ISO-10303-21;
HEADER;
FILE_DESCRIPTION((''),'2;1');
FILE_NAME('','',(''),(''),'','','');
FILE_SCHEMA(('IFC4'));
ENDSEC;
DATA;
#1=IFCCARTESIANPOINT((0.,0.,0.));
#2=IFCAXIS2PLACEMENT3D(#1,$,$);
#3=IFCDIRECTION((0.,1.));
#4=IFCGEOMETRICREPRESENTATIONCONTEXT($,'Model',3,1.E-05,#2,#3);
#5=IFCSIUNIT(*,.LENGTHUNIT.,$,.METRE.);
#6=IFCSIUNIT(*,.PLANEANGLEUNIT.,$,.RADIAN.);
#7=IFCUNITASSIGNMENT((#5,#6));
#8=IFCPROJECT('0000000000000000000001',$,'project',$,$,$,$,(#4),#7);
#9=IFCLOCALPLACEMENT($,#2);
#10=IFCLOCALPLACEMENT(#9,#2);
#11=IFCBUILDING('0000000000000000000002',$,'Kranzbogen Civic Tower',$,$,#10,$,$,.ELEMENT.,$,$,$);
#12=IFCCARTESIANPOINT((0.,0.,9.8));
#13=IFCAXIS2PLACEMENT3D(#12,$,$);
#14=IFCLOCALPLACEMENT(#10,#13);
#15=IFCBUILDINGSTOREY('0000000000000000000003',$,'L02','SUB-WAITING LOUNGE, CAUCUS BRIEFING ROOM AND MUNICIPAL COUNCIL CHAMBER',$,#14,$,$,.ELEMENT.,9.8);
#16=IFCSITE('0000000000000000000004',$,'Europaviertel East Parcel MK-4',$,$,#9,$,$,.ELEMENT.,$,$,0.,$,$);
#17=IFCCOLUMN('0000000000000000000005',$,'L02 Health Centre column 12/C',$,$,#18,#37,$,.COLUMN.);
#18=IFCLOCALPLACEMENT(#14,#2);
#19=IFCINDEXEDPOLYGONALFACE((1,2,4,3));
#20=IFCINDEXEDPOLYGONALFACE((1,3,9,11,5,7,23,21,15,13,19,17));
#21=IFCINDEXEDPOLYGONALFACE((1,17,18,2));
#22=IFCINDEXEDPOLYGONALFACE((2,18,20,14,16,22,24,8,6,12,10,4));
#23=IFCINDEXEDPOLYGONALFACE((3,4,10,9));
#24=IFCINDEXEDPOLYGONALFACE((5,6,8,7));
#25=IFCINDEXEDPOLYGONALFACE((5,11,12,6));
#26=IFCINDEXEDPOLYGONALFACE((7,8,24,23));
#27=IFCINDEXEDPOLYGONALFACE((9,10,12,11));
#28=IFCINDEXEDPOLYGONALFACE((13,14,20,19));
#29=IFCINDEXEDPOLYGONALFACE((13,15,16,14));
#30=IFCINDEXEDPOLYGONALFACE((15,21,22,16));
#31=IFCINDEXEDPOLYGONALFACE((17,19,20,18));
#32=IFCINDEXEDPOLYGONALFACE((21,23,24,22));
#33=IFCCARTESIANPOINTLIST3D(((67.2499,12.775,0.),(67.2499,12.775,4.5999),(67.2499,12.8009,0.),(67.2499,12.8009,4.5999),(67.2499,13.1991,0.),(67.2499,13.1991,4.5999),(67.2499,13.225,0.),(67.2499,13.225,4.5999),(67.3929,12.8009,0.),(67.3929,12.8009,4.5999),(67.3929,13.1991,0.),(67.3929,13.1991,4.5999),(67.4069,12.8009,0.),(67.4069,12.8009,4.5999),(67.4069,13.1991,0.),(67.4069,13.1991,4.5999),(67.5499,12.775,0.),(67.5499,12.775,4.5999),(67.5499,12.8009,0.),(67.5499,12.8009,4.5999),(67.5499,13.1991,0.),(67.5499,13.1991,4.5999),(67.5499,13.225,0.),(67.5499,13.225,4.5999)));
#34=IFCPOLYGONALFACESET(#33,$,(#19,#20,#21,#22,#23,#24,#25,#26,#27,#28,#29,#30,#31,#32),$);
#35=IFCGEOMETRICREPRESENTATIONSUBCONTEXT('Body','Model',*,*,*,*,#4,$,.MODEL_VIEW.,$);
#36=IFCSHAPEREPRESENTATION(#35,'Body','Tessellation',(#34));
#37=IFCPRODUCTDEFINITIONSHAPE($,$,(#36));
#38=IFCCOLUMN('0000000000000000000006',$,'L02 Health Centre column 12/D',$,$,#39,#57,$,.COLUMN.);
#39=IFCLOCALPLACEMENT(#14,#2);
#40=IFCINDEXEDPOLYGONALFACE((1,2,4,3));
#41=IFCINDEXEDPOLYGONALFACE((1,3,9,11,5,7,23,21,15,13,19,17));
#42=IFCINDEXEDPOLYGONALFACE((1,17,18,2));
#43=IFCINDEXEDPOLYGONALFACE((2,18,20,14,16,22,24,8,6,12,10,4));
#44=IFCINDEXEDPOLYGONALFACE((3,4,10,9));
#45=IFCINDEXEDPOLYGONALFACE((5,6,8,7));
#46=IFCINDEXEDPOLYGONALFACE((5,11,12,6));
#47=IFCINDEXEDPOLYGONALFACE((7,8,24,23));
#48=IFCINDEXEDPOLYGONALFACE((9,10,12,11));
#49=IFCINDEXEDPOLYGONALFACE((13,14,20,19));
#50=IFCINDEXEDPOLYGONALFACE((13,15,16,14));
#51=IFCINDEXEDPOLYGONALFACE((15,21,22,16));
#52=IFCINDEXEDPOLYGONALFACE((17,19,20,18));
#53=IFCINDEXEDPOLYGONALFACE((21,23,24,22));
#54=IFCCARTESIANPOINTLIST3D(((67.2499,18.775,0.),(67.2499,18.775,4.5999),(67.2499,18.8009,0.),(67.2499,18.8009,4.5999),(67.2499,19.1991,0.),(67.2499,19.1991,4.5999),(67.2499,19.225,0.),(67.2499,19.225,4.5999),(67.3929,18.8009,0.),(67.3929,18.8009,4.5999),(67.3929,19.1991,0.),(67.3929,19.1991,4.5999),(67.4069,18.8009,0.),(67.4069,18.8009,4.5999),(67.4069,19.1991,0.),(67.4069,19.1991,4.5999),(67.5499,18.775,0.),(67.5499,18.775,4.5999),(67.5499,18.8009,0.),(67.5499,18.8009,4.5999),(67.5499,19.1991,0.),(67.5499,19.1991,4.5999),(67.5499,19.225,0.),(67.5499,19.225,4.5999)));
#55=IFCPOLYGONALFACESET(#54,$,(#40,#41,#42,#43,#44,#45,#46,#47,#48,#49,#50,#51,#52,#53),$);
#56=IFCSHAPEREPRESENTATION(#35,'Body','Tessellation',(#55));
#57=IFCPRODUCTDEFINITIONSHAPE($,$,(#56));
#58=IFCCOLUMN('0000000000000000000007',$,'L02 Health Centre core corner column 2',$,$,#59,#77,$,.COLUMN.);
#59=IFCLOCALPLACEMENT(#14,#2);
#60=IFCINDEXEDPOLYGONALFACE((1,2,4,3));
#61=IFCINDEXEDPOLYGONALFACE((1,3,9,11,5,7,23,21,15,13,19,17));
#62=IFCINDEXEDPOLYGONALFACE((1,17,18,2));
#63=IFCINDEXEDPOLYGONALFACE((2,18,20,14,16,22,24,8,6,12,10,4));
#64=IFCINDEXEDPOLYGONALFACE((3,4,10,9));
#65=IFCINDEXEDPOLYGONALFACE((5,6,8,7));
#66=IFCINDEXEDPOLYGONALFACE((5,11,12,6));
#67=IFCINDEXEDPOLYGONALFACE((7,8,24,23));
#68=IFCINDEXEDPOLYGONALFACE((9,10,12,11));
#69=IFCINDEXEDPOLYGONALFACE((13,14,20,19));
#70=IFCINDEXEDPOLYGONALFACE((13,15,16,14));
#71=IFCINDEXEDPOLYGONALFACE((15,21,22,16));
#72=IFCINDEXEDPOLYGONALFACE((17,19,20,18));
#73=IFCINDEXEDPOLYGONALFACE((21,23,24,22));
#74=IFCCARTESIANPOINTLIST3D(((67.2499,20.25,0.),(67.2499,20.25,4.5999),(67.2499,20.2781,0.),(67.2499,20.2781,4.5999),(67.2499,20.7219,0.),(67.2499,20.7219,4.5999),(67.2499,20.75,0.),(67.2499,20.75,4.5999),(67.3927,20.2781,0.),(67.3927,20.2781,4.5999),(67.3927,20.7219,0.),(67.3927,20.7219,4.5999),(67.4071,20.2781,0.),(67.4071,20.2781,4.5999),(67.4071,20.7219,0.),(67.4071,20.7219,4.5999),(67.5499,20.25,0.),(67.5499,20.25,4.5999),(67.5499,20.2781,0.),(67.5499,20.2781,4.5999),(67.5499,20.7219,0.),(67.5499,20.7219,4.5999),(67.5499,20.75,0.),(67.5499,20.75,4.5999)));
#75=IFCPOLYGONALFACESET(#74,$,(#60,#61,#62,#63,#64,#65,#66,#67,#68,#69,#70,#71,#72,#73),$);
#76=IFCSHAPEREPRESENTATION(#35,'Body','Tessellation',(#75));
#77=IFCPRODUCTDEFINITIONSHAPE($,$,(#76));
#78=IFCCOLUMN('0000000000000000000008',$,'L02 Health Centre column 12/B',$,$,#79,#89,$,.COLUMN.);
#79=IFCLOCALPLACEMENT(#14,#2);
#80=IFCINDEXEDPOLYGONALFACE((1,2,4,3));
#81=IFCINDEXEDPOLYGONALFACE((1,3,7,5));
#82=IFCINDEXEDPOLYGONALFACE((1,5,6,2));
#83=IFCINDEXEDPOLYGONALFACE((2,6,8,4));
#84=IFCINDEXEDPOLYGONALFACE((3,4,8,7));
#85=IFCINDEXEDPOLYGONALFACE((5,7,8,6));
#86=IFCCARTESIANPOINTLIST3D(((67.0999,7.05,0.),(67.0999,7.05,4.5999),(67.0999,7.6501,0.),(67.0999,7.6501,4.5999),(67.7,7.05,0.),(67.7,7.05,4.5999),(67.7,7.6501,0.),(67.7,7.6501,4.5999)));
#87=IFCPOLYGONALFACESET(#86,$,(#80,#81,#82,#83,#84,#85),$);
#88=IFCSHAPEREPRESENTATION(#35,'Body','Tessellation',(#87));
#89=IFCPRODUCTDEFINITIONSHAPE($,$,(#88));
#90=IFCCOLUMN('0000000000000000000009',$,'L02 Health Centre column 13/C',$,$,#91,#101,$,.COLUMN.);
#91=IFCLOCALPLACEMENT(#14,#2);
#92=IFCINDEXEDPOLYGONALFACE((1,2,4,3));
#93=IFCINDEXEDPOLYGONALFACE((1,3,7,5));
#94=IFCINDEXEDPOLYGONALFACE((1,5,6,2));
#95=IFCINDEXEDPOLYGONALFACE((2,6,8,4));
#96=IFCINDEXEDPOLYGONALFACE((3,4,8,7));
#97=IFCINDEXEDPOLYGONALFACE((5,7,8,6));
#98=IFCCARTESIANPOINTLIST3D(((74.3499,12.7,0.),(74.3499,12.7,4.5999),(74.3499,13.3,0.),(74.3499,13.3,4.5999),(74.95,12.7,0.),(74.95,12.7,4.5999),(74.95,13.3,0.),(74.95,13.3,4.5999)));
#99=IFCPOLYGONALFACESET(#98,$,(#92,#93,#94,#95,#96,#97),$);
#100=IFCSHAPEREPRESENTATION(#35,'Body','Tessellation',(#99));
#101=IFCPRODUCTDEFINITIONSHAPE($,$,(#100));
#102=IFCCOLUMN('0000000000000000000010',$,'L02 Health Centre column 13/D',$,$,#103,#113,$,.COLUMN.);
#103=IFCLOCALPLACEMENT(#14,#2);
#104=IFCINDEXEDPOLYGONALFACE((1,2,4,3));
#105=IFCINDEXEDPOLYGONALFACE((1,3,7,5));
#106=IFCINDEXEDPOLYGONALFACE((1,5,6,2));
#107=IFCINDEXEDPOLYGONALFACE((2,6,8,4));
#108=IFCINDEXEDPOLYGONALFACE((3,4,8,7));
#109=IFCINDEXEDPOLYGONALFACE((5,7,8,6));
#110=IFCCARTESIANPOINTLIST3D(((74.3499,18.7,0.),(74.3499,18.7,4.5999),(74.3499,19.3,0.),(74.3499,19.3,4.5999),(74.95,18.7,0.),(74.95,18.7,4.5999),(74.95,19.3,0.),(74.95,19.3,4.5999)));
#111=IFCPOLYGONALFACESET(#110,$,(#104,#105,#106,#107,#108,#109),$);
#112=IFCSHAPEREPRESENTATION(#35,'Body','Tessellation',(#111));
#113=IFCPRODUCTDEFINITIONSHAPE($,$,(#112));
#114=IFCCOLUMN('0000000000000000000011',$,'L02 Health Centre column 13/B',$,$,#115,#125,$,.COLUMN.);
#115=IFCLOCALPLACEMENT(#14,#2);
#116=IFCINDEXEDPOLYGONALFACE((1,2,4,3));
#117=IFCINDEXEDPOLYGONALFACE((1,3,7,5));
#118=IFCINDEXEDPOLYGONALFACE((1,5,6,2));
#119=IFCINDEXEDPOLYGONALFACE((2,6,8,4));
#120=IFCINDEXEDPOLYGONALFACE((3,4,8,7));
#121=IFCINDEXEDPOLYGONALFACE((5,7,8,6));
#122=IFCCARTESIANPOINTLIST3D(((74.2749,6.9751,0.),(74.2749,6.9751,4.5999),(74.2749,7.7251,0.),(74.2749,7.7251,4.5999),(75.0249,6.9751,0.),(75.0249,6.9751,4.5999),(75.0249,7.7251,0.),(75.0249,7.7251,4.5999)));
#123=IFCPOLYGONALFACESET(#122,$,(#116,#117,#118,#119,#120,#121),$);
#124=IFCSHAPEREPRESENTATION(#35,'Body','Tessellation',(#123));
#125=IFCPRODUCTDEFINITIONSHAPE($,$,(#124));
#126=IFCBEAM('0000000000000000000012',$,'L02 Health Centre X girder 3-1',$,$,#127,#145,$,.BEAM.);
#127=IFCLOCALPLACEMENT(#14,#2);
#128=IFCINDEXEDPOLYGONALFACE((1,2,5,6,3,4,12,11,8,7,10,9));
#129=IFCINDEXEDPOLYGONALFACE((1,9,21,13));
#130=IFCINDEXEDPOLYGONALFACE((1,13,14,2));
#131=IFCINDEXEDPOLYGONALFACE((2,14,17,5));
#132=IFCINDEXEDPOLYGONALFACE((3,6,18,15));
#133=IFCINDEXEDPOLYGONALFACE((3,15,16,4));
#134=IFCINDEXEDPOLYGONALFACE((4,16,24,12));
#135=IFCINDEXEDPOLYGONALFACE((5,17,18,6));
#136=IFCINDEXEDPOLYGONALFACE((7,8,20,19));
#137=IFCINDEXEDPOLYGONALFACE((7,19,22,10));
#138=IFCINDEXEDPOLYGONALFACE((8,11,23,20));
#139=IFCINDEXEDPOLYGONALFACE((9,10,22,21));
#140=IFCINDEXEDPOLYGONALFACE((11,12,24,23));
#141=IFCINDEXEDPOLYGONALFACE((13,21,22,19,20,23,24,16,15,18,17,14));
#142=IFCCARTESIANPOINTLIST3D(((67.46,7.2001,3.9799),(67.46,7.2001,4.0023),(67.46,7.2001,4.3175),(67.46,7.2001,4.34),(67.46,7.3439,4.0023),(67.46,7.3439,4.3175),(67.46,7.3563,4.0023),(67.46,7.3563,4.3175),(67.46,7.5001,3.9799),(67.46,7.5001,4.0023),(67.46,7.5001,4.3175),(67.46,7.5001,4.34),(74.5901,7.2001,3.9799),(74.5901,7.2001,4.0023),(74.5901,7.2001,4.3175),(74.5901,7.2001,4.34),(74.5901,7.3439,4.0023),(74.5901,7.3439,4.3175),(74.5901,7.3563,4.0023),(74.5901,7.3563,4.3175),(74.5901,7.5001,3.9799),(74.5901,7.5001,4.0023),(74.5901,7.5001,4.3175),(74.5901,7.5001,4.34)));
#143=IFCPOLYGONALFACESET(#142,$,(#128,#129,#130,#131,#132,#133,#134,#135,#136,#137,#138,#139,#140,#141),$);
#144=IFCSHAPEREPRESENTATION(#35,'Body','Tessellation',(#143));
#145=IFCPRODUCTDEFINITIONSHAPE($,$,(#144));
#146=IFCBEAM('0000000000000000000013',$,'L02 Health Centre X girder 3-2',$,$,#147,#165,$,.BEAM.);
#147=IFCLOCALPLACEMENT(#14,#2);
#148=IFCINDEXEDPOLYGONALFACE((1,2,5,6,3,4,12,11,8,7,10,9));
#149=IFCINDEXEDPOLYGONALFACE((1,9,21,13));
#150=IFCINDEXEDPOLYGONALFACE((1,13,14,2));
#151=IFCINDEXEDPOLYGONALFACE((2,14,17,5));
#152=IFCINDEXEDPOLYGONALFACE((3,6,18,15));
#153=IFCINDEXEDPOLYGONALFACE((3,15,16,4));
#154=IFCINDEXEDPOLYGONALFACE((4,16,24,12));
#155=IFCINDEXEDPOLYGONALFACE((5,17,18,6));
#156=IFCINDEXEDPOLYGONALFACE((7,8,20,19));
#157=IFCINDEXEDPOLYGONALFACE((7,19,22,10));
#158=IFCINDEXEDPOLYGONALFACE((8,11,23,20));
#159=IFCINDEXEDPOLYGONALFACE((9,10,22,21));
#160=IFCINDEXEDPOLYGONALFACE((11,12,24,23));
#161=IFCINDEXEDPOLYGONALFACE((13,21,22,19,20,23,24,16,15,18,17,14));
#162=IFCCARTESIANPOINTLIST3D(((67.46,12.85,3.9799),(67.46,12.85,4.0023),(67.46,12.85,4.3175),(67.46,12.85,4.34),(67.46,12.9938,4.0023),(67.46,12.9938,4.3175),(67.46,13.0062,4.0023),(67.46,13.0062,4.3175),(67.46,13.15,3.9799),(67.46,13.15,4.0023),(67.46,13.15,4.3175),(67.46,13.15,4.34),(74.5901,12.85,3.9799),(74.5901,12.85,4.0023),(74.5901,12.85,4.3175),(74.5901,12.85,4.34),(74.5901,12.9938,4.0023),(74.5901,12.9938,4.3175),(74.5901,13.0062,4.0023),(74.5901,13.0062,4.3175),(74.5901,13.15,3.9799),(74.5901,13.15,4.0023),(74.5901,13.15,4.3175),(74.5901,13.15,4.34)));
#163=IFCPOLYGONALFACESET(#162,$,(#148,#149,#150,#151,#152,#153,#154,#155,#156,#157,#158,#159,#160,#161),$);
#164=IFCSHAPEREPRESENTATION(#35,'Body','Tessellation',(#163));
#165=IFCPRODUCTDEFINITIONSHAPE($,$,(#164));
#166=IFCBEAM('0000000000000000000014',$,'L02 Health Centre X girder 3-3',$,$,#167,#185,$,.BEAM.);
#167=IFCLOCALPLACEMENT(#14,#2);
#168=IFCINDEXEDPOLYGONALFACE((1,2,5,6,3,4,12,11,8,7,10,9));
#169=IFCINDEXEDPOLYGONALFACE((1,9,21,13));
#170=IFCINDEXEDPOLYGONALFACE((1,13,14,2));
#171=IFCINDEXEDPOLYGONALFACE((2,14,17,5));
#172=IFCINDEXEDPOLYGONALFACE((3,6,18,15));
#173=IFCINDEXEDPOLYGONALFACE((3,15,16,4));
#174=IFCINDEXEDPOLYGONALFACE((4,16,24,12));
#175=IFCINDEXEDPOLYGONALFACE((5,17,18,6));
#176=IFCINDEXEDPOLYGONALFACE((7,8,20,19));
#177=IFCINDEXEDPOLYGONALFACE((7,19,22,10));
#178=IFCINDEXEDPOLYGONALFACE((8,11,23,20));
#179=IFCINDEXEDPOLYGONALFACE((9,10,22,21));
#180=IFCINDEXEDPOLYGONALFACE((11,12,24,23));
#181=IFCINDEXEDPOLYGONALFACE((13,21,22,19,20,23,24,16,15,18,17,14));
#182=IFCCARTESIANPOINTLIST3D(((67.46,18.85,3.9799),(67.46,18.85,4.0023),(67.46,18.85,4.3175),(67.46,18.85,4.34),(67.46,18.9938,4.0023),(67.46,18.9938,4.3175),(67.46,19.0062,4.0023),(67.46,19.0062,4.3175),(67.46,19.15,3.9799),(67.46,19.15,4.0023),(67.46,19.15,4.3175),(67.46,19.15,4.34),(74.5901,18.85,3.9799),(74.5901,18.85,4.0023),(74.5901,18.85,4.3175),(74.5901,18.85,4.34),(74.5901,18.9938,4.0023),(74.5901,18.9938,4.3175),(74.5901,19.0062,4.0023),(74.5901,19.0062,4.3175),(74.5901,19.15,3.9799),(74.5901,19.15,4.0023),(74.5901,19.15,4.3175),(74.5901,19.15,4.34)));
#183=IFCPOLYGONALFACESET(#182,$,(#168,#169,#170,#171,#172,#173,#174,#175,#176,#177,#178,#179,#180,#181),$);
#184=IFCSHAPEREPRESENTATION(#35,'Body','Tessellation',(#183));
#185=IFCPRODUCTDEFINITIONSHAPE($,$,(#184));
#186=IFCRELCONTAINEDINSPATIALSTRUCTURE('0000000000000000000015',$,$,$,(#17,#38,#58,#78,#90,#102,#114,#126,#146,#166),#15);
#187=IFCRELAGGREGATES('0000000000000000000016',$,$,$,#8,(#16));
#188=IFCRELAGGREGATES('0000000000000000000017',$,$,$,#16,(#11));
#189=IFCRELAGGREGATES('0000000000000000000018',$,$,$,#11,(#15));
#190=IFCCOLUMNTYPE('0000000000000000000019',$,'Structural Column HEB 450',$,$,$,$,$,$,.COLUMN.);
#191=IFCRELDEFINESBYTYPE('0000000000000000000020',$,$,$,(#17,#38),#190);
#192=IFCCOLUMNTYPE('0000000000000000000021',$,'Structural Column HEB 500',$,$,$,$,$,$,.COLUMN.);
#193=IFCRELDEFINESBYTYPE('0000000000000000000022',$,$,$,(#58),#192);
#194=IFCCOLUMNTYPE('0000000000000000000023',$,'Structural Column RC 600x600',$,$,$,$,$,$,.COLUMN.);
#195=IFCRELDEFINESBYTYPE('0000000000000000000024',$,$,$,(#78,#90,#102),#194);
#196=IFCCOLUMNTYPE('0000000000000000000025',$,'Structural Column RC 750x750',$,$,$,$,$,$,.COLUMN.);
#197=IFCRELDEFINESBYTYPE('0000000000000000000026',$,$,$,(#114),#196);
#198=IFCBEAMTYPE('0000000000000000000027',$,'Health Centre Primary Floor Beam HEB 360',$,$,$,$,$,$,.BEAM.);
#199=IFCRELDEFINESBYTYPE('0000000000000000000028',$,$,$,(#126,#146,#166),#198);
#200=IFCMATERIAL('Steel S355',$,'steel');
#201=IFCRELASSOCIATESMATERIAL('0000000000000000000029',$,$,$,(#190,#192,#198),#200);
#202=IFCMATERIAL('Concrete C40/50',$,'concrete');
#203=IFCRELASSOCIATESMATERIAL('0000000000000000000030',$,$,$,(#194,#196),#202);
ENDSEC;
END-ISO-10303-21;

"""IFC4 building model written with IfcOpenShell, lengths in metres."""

from ifc_helpers import new_model, si_unit, direction, frame, origin, origin_2d, place, context, subcontext, project, spatial, rectangle, i_section, extrude, material, material_profile, profile_set, type_object, element, save


model = new_model("IFC4")

# Units and contexts
model_context = context("Model", 3, precision=1e-05, world=origin(), true_north=direction((0.0, 1.0)))
body_context = subcontext(model_context, "Body", "Model", "MODEL_VIEW")
ifc_project = project(units=[si_unit("LENGTHUNIT", "METRE"), si_unit("PLANEANGLEUNIT", "RADIAN")], contexts=[model_context])

# Site, building, storey
site_placement = place(None, origin())
site = spatial("IfcSite", under=ifc_project, at=site_placement, Name="Europaviertel East Parcel MK-4", CompositionType="ELEMENT", RefElevation=0.0)
building_placement = place(site_placement, origin())
building = spatial("IfcBuilding", under=site, at=building_placement, Name="Kranzbogen Civic Tower", CompositionType="ELEMENT")
storey_placement = place(building_placement, frame((0.0, 0.0, 9.8)))
storey = spatial("IfcBuildingStorey", under=building, at=storey_placement, Name="L02", Description="SUB-WAITING LOUNGE, CAUCUS BRIEFING ROOM AND MUNICIPAL COUNCIL CHAMBER", CompositionType="ELEMENT", Elevation=9.8)

# Columns
ifc_material_1 = material(Name="Steel S355", Category="steel")
ifc_material_profile_1 = material_profile(ifc_material_1, i_section(OverallWidth=0.3, OverallDepth=0.45, WebThickness=0.0139, FlangeThickness=0.0259, at=origin_2d()), Name="HEB 450")
ifc_profile_set_1 = profile_set([ifc_material_profile_1], Name="Steel S355")
column_type_1 = type_object("IfcColumnType", Name="Structural Column HEB 450", PredefinedType="COLUMN", material=ifc_profile_set_1)
for number, where, z_axis, x_axis, name in (
    (1, (67.3999, 13.0, 0.0), (0.0, 0.0, 1.0), (1.0, 0.0, 0.0), "L02 Health Centre column 12/C"),
    (2, (67.3999, 19.0, 0.0), (0.0, 0.0, 1.0), (1.0, 0.0, 0.0), "L02 Health Centre column 12/D"),
):
    element("IfcColumn", number, at=place(storey_placement, frame(where, z_axis=z_axis, x_axis=x_axis)), inside=storey, type_object=column_type_1, Name=name, PredefinedType="COLUMN", context=body_context, shape_type="SweptSolid", body=[
        extrude(i_section(OverallWidth=0.3, OverallDepth=0.45, WebThickness=0.0139, FlangeThickness=0.0259, at=origin_2d()), origin(), (0.0, 0.0, 1.0), 4.5999),
    ])
ifc_material_profile_2 = material_profile(ifc_material_1, i_section(OverallWidth=0.3, OverallDepth=0.5, WebThickness=0.0144, FlangeThickness=0.0281, at=origin_2d()), Name="HEB 500")
ifc_profile_set_2 = profile_set([ifc_material_profile_2], Name="Steel S355")
column_type_2 = type_object("IfcColumnType", Name="Structural Column HEB 500", PredefinedType="COLUMN", material=ifc_profile_set_2)
column_1_placement = place(storey_placement, frame((67.3999, 20.5, 0.0), z_axis=(0.0, 0.0, 1.0), x_axis=(1.0, 0.0, 0.0)))
element("IfcColumn", 3, at=column_1_placement, inside=storey, type_object=column_type_2, Name="L02 Health Centre core corner column 2", PredefinedType="COLUMN", context=body_context, shape_type="SweptSolid", body=[
    extrude(i_section(OverallWidth=0.3, OverallDepth=0.5, WebThickness=0.0144, FlangeThickness=0.0281, at=origin_2d()), origin(), (0.0, 0.0, 1.0), 4.5999),
])
ifc_material_2 = material(Name="Concrete C40/50", Category="concrete")
ifc_material_profile_3 = material_profile(ifc_material_2, rectangle(XDim=0.6001, YDim=0.6001, at=origin_2d()), Name="RC 600x600")
ifc_profile_set_3 = profile_set([ifc_material_profile_3], Name="Concrete C40/50")
column_type_3 = type_object("IfcColumnType", Name="Structural Column RC 600x600", PredefinedType="COLUMN", material=ifc_profile_set_3)
for number, where, z_axis, x_axis, name in (
    (4, (67.3999, 7.3501, 0.0), (0.0, 0.0, 1.0), (1.0, 0.0, 0.0), "L02 Health Centre column 12/B"),
    (5, (74.6499, 13.0, 0.0), (0.0, 0.0, 1.0), (1.0, 0.0, 0.0), "L02 Health Centre column 13/C"),
    (6, (74.6499, 19.0, 0.0), (0.0, 0.0, 1.0), (1.0, 0.0, 0.0), "L02 Health Centre column 13/D"),
):
    element("IfcColumn", number, at=place(storey_placement, frame(where, z_axis=z_axis, x_axis=x_axis)), inside=storey, type_object=column_type_3, Name=name, PredefinedType="COLUMN", context=body_context, shape_type="SweptSolid", body=[
        extrude(rectangle(XDim=0.6001, YDim=0.6001, at=origin_2d()), origin(), (0.0, 0.0, 1.0), 4.5999),
    ])
ifc_material_profile_4 = material_profile(ifc_material_2, rectangle(XDim=0.75, YDim=0.75, at=origin_2d()), Name="RC 750x750")
ifc_profile_set_4 = profile_set([ifc_material_profile_4], Name="Concrete C40/50")
column_type_4 = type_object("IfcColumnType", Name="Structural Column RC 750x750", PredefinedType="COLUMN", material=ifc_profile_set_4)
column_2_placement = place(storey_placement, frame((74.6499, 7.3501, 0.0), z_axis=(0.0, 0.0, 1.0), x_axis=(1.0, 0.0, 0.0)))
element("IfcColumn", 7, at=column_2_placement, inside=storey, type_object=column_type_4, Name="L02 Health Centre column 13/B", PredefinedType="COLUMN", context=body_context, shape_type="SweptSolid", body=[
    extrude(rectangle(XDim=0.75, YDim=0.75, at=origin_2d()), origin(), (0.0, 0.0, 1.0), 4.5999),
])

# Beams
ifc_material_profile_5 = material_profile(ifc_material_1, i_section(OverallWidth=0.3, OverallDepth=0.3601, WebThickness=0.0125, FlangeThickness=0.0225, at=origin_2d()), Name="HEB 360")
ifc_profile_set_5 = profile_set([ifc_material_profile_5], Name="Steel S355")
beam_type_1 = type_object("IfcBeamType", Name="Health Centre Primary Floor Beam HEB 360", PredefinedType="BEAM", material=ifc_profile_set_5)
for number, where, z_axis, x_axis, name in (
    (8, (67.46, 7.3501, 4.1599), (1.0, 0.0, 0.0), (0.0, 1.0, 0.0), "L02 Health Centre X girder 3-1"),
    (9, (67.46, 13.0, 4.1599), (1.0, 0.0, 0.0), (0.0, 1.0, 0.0), "L02 Health Centre X girder 3-2"),
    (10, (67.46, 19.0, 4.1599), (1.0, 0.0, 0.0), (0.0, 1.0, 0.0), "L02 Health Centre X girder 3-3"),
):
    element("IfcBeam", number, at=place(storey_placement, frame(where, z_axis=z_axis, x_axis=x_axis)), inside=storey, type_object=beam_type_1, Name=name, PredefinedType="BEAM", context=body_context, shape_type="SweptSolid", body=[
        extrude(i_section(OverallWidth=0.3, OverallDepth=0.3601, WebThickness=0.0125, FlangeThickness=0.0225, at=origin_2d()), origin(), (0.0, 0.0, 1.0), 7.1301),
    ])

save(model, "model.ifc")
